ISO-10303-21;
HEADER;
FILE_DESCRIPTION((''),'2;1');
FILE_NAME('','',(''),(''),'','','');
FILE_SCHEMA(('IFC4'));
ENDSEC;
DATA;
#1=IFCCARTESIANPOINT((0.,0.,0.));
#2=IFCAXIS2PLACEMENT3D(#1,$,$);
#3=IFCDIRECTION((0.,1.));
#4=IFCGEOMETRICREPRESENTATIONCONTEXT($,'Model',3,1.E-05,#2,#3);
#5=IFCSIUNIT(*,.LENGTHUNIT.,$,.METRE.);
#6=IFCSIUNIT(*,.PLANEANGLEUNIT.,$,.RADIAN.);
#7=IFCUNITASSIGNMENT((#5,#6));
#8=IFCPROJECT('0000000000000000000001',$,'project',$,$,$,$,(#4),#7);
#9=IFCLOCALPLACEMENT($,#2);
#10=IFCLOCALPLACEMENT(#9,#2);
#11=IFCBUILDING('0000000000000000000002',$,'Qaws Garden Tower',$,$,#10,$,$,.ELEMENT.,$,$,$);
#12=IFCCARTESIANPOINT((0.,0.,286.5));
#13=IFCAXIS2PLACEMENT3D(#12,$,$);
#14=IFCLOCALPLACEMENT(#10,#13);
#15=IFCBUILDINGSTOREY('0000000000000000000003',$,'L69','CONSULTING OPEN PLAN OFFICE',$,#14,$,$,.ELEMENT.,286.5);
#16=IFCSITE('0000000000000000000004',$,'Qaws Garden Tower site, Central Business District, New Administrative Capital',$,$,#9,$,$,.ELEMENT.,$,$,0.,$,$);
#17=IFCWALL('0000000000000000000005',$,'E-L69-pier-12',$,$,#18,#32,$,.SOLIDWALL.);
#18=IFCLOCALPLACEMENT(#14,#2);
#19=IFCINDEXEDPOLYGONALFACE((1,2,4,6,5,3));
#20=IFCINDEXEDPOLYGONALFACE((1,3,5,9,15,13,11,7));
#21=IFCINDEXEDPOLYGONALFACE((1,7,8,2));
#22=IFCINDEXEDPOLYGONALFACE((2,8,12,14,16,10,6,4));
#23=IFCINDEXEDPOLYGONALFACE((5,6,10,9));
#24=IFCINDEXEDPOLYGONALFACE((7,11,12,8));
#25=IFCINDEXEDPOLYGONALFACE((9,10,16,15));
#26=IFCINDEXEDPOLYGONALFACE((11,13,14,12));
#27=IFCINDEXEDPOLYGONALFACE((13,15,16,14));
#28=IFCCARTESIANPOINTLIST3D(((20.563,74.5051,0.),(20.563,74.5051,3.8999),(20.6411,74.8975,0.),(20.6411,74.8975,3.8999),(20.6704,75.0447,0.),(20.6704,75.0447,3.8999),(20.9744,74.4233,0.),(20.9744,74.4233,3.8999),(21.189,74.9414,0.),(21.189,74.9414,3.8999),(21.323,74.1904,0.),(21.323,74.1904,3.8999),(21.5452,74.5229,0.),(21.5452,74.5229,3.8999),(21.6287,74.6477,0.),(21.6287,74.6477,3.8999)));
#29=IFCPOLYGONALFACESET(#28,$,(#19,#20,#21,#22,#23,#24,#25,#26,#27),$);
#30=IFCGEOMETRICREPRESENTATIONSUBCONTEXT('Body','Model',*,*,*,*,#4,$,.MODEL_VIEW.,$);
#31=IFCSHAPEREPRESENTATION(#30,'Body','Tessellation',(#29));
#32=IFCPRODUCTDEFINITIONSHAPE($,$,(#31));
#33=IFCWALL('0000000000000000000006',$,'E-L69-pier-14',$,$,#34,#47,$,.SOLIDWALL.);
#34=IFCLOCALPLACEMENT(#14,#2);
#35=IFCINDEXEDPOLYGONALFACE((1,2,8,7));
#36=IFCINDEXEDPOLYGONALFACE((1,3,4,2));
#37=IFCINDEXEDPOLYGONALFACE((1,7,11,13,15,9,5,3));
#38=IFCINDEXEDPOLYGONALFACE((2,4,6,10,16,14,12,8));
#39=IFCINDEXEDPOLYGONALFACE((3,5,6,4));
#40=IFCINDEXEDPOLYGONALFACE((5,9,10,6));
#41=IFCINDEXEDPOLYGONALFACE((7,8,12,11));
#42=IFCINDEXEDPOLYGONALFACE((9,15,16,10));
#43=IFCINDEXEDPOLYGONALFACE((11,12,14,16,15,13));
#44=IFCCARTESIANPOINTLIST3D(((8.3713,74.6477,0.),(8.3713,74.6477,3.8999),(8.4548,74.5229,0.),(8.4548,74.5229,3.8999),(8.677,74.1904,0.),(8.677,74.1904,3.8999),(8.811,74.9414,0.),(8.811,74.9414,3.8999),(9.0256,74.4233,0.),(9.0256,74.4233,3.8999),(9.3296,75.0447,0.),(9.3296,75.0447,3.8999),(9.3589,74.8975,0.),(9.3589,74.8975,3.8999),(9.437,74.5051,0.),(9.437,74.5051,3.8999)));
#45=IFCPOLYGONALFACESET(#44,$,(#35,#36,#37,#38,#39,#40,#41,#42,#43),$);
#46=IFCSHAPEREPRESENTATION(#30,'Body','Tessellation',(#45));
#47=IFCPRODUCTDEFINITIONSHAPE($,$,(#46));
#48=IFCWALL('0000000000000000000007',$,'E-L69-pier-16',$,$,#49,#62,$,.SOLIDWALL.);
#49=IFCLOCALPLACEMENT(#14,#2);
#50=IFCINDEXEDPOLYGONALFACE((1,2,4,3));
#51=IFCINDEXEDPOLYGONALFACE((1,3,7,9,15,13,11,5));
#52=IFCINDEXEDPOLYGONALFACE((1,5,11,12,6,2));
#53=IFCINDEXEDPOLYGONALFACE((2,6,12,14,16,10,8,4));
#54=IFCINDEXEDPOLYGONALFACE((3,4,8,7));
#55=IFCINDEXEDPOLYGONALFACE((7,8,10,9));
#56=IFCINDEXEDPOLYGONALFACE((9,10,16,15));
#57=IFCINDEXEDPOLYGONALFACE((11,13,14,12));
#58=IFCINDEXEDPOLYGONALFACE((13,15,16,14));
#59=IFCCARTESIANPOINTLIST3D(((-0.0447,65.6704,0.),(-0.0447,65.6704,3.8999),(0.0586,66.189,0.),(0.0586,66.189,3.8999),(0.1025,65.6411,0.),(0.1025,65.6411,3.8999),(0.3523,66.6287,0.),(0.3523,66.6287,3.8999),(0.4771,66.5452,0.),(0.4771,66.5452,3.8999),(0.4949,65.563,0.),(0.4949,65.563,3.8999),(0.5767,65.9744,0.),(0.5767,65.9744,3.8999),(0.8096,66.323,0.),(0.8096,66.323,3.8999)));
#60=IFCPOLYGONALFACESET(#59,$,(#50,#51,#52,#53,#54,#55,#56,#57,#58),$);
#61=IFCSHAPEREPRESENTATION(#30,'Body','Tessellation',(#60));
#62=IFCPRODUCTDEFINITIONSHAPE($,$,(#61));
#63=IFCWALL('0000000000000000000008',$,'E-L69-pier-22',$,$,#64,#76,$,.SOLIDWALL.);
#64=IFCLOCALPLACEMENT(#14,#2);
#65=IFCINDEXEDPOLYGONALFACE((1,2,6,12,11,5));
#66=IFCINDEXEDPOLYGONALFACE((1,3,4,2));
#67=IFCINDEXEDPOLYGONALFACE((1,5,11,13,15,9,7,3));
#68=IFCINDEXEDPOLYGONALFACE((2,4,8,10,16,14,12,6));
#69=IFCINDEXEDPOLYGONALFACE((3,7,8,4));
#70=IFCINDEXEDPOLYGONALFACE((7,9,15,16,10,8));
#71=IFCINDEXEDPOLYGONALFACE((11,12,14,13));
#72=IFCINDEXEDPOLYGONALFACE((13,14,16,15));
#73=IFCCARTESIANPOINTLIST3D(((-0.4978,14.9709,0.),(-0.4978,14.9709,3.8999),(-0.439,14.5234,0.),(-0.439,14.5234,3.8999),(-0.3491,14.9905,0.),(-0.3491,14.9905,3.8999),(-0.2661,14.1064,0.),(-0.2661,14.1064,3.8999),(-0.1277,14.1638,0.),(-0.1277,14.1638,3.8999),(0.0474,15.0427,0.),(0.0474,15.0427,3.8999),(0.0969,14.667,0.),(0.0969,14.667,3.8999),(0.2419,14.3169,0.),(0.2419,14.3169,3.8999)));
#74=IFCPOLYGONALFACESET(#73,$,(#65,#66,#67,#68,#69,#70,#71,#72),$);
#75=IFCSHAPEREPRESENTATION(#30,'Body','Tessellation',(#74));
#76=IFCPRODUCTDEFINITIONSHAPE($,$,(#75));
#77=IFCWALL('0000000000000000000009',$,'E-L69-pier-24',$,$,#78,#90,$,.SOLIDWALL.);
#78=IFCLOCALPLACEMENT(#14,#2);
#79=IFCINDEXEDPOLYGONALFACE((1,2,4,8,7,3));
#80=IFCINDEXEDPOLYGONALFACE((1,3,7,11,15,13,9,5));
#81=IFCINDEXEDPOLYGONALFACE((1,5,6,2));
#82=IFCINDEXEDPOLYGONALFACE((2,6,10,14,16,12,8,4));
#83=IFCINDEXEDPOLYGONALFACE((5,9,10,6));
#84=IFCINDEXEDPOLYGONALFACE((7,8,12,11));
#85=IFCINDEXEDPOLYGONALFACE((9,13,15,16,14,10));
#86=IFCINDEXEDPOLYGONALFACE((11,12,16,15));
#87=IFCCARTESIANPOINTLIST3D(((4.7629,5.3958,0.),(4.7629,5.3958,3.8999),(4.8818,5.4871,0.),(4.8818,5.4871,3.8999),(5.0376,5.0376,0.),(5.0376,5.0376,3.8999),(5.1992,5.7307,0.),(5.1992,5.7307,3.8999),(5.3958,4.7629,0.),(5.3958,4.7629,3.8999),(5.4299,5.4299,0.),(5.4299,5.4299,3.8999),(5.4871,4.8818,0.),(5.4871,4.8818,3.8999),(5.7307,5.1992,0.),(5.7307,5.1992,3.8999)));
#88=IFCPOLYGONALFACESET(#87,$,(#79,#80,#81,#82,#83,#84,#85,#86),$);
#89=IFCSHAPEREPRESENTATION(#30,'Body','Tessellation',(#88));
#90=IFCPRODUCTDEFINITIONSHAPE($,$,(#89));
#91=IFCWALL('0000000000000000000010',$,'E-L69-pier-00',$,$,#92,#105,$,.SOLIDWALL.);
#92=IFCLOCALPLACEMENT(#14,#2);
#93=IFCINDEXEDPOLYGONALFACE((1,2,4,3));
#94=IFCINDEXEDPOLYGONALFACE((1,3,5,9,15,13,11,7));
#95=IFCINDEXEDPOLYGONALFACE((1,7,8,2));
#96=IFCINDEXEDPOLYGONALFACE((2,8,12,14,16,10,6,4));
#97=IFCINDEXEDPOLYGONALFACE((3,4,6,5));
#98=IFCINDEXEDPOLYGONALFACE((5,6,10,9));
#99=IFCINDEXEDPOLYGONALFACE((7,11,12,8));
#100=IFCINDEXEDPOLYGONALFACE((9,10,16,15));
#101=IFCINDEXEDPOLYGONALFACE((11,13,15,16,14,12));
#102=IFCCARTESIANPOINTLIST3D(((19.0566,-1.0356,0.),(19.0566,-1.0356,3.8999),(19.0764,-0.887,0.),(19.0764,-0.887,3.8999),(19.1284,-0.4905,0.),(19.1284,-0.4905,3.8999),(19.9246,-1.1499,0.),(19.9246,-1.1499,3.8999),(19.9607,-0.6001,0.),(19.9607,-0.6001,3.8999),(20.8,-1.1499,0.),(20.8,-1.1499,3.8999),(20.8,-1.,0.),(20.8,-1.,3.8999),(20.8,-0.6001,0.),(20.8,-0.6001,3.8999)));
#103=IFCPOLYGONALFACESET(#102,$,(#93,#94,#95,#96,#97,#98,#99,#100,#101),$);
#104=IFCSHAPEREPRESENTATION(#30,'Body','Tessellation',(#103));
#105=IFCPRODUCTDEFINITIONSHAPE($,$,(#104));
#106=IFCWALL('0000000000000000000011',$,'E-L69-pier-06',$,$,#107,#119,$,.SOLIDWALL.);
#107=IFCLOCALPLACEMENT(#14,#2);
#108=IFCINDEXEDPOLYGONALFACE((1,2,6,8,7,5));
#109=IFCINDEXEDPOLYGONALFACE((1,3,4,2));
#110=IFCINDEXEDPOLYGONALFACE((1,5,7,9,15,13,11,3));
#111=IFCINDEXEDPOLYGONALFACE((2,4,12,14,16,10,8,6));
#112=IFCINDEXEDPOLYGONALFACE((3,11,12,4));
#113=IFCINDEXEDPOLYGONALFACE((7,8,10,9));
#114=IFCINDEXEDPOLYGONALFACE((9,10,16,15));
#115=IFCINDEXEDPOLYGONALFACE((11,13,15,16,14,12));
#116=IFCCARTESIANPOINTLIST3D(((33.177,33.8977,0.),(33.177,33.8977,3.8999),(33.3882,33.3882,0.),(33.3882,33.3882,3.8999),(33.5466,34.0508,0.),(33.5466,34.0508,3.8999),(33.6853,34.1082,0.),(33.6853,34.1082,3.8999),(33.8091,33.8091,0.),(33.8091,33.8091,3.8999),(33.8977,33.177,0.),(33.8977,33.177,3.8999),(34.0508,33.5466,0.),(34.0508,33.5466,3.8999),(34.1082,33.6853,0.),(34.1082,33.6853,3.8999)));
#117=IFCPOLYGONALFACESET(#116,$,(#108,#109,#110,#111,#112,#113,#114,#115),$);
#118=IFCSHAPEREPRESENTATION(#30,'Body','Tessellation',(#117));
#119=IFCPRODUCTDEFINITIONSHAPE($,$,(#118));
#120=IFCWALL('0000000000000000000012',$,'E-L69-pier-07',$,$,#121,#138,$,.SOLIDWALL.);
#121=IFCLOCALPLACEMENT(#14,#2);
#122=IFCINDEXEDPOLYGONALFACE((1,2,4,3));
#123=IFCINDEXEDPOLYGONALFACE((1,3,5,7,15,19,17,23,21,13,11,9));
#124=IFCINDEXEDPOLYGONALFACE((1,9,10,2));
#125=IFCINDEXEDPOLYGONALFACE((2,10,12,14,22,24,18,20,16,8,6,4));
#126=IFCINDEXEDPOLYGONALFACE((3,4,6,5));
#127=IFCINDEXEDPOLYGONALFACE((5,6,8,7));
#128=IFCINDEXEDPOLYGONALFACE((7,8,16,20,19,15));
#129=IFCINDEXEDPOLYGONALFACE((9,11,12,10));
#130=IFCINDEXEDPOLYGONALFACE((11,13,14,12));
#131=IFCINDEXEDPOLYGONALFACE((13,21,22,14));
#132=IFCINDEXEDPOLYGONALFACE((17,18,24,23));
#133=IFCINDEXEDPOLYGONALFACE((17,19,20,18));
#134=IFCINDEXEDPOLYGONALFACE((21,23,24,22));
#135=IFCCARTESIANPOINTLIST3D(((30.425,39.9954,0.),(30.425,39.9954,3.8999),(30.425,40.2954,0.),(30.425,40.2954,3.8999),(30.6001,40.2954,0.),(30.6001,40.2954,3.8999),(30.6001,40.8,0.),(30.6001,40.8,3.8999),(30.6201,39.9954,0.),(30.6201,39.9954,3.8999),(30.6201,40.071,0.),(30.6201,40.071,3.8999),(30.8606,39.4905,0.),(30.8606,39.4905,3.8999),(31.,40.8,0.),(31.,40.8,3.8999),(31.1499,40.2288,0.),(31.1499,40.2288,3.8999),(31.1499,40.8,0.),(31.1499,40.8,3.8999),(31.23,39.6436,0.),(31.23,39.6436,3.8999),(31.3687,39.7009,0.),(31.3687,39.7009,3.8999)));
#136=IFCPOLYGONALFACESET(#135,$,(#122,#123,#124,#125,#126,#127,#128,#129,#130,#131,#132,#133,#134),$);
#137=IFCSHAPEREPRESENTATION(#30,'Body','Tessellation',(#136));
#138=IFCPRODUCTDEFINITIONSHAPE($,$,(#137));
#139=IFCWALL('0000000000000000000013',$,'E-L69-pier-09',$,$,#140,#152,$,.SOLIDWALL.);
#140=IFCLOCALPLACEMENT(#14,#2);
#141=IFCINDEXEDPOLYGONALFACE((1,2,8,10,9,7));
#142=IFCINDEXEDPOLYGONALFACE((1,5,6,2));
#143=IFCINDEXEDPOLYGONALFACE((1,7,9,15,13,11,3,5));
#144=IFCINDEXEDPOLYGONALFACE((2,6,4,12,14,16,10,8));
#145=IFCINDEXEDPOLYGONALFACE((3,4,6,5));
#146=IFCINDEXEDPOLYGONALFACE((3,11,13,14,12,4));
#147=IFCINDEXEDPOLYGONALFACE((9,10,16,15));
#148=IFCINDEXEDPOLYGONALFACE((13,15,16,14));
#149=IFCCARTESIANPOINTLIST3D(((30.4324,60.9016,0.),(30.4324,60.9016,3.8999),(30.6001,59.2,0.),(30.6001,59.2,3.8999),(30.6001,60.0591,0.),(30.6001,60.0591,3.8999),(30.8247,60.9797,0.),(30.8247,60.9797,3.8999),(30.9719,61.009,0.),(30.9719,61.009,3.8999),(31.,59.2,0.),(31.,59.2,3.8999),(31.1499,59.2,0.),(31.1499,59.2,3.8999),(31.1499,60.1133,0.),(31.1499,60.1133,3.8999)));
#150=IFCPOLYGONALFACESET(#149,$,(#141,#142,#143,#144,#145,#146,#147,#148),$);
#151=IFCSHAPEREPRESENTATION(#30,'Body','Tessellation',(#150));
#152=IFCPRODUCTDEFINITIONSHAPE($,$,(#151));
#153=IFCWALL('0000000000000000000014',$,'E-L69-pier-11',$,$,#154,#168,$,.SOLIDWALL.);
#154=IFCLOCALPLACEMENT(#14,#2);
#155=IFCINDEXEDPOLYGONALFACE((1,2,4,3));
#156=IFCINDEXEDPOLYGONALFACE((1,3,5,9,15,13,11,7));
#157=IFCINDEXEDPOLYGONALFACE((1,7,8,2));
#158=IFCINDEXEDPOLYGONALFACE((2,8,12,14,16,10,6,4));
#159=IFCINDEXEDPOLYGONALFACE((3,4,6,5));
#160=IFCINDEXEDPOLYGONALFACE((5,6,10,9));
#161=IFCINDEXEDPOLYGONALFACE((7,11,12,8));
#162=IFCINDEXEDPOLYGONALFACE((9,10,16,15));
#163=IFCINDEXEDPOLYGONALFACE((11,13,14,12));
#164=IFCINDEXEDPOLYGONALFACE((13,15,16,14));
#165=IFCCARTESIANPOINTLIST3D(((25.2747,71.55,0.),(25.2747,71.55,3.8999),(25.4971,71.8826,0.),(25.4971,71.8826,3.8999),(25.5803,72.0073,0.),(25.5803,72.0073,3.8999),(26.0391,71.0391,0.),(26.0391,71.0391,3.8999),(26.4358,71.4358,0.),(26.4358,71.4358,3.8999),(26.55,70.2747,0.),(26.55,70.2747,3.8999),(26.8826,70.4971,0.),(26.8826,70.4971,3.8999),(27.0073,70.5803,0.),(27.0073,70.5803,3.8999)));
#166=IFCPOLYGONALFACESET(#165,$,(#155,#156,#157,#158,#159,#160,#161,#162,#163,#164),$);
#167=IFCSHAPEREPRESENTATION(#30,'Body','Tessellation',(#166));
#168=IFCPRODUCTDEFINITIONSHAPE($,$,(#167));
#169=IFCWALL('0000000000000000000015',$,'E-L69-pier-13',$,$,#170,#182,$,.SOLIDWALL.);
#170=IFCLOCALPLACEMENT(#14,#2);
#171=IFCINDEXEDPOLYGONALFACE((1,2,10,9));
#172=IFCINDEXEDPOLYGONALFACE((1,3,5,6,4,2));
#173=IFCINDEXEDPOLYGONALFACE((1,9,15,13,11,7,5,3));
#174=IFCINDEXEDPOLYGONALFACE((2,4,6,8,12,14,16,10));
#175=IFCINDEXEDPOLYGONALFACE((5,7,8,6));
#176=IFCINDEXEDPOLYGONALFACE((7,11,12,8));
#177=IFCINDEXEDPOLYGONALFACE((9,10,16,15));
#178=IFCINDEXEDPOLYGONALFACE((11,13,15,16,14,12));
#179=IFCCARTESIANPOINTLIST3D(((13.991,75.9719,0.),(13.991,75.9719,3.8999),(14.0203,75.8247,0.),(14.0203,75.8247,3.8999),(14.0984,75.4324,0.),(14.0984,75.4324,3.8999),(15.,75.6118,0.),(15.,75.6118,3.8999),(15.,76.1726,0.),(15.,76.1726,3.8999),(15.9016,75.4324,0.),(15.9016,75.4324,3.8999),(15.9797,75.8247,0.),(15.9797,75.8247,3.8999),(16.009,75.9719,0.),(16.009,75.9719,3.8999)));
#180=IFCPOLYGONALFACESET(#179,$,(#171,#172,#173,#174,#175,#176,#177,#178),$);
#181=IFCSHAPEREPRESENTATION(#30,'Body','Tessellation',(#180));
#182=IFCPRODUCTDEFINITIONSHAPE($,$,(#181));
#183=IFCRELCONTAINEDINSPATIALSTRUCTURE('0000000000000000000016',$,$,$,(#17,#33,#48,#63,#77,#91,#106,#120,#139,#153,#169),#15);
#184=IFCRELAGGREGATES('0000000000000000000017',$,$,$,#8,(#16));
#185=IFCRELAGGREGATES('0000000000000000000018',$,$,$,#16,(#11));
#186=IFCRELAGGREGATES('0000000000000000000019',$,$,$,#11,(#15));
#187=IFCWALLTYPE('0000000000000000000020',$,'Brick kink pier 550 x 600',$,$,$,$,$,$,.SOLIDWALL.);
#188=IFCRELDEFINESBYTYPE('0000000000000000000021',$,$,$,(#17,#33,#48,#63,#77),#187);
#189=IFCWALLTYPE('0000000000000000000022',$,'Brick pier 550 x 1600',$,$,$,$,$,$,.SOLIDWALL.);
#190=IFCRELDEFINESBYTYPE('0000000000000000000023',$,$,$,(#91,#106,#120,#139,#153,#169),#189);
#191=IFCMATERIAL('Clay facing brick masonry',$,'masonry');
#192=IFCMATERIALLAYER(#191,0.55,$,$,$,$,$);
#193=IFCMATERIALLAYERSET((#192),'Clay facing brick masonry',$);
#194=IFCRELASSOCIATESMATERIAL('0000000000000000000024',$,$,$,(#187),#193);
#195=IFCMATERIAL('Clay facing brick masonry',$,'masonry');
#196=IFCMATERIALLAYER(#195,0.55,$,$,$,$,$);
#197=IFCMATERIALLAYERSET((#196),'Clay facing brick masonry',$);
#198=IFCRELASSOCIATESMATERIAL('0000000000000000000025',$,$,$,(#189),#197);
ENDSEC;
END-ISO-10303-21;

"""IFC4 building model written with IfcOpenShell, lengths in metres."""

from ifc_helpers import new_model, si_unit, direction, frame, origin, place, context, subcontext, project, spatial, polyline, outline, extrude, material, layer, layer_set, type_object, element, save


model = new_model("IFC4")

# Units and contexts
model_context = context("Model", 3, precision=1e-05, world=origin(), true_north=direction((0.0, 1.0)))
body_context = subcontext(model_context, "Body", "Model", "MODEL_VIEW")
ifc_project = project(units=[si_unit("LENGTHUNIT", "METRE"), si_unit("PLANEANGLEUNIT", "RADIAN")], contexts=[model_context])

# Site, building, storey
site_placement = place(None, origin())
site = spatial("IfcSite", under=ifc_project, at=site_placement, Name="Qaws Garden Tower site, Central Business District, New Administrative Capital", CompositionType="ELEMENT", RefElevation=0.0)
building_placement = place(site_placement, origin())
building = spatial("IfcBuilding", under=site, at=building_placement, Name="Qaws Garden Tower", CompositionType="ELEMENT")
storey_placement = place(building_placement, frame((0.0, 0.0, 286.5)))
storey = spatial("IfcBuildingStorey", under=building, at=storey_placement, Name="L69", Description="CONSULTING OPEN PLAN OFFICE", CompositionType="ELEMENT", Elevation=286.5)

# Walls
placement = place(storey_placement, origin())
ifc_material_1 = material(Name="Clay facing brick masonry", Category="masonry")
ifc_layer_1 = layer(ifc_material_1, 0.55)
ifc_layer_set_1 = layer_set([ifc_layer_1], Name="Clay facing brick masonry")
wall_type_1 = type_object("IfcWallType", Name="Brick kink pier 550 x 600", PredefinedType="SOLIDWALL", material=ifc_layer_set_1)
element("IfcWall", 1, at=placement, inside=storey, type_object=wall_type_1, Name="E-L69-pier-12", PredefinedType="SOLIDWALL", context=body_context, shape_type="SweptSolid", body=[
    extrude(outline(polyline([(21.5452, 74.5229), (21.6287, 74.6477), (21.189, 74.9414), (20.6704, 75.0447), (20.6411, 74.8975), (20.563, 74.5051), (20.9744, 74.4233), (21.323, 74.1904), (21.5452, 74.5229)])), origin(), (0.0, 0.0, 1.0), 3.8999),
])
element("IfcWall", 2, at=placement, inside=storey, type_object=wall_type_1, Name="E-L69-pier-14", PredefinedType="SOLIDWALL", context=body_context, shape_type="SweptSolid", body=[
    extrude(outline(polyline([(9.3589, 74.8975), (9.3296, 75.0447), (8.811, 74.9414), (8.3713, 74.6477), (8.4548, 74.5229), (8.677, 74.1904), (9.0256, 74.4233), (9.437, 74.5051), (9.3589, 74.8975)])), origin(), (0.0, 0.0, 1.0), 3.8999),
])
element("IfcWall", 3, at=placement, inside=storey, type_object=wall_type_1, Name="E-L69-pier-16", PredefinedType="SOLIDWALL", context=body_context, shape_type="SweptSolid", body=[
    extrude(outline(polyline([(0.4771, 66.5452), (0.3523, 66.6287), (0.0586, 66.189), (-0.0447, 65.6704), (0.1025, 65.6411), (0.4949, 65.563), (0.5767, 65.9744), (0.8096, 66.323), (0.4771, 66.5452)])), origin(), (0.0, 0.0, 1.0), 3.8999),
])
element("IfcWall", 4, at=placement, inside=storey, type_object=wall_type_1, Name="E-L69-pier-22", PredefinedType="SOLIDWALL", context=body_context, shape_type="SweptSolid", body=[
    extrude(outline(polyline([(-0.3491, 14.9905), (-0.4978, 14.9709), (-0.439, 14.5234), (-0.2661, 14.1064), (-0.1277, 14.1638), (0.2419, 14.3169), (0.0969, 14.667), (0.0474, 15.0427), (-0.3491, 14.9905)])), origin(), (0.0, 0.0, 1.0), 3.8999),
])
element("IfcWall", 5, at=placement, inside=storey, type_object=wall_type_1, Name="E-L69-pier-24", PredefinedType="SOLIDWALL", context=body_context, shape_type="SweptSolid", body=[
    extrude(outline(polyline([(4.8818, 5.4871), (4.7629, 5.3958), (5.0376, 5.0376), (5.3958, 4.7629), (5.4871, 4.8818), (5.7307, 5.1992), (5.4299, 5.4299), (5.1992, 5.7307), (4.8818, 5.4871)])), origin(), (0.0, 0.0, 1.0), 3.8999),
])
ifc_material_2 = material(Name="Clay facing brick masonry", Category="masonry")
ifc_layer_2 = layer(ifc_material_2, 0.55)
ifc_layer_set_2 = layer_set([ifc_layer_2], Name="Clay facing brick masonry")
wall_type_2 = type_object("IfcWallType", Name="Brick pier 550 x 1600", PredefinedType="SOLIDWALL", material=ifc_layer_set_2)
element("IfcWall", 6, at=placement, inside=storey, type_object=wall_type_2, Name="E-L69-pier-00", PredefinedType="SOLIDWALL", context=body_context, shape_type="SweptSolid", body=[
    extrude(outline(polyline([(19.0764, -0.887), (19.0566, -1.0356), (19.9246, -1.1499), (20.8, -1.1499), (20.8, -1.0), (20.8, -0.6001), (19.9607, -0.6001), (19.1284, -0.4905), (19.0764, -0.887)])), origin(), (0.0, 0.0, 1.0), 3.8999),
])
element("IfcWall", 7, at=placement, inside=storey, type_object=wall_type_2, Name="E-L69-pier-06", PredefinedType="SOLIDWALL", context=body_context, shape_type="SweptSolid", body=[
    extrude(outline(polyline([(34.0508, 33.5466), (34.1082, 33.6853), (33.8091, 33.8091), (33.6853, 34.1082), (33.5466, 34.0508), (33.177, 33.8977), (33.3882, 33.3882), (33.8977, 33.177), (34.0508, 33.5466)])), origin(), (0.0, 0.0, 1.0), 3.8999),
])
element("IfcWall", 8, at=placement, inside=storey, type_object=wall_type_2, Name="E-L69-pier-07", PredefinedType="SOLIDWALL", context=body_context, shape_type="SweptSolid", body=[
    extrude(outline(polyline([(30.6201, 39.9954), (30.6201, 40.071), (30.8606, 39.4905), (31.23, 39.6436), (31.3687, 39.7009), (31.1499, 40.2288), (31.1499, 40.8), (31.0, 40.8), (30.6001, 40.8), (30.6001, 40.2954), (30.425, 40.2954), (30.425, 39.9954), (30.6201, 39.9954)])), origin(), (0.0, 0.0, 1.0), 3.8999),
])
element("IfcWall", 9, at=placement, inside=storey, type_object=wall_type_2, Name="E-L69-pier-09", PredefinedType="SOLIDWALL", context=body_context, shape_type="SweptSolid", body=[
    extrude(outline(polyline([(31.0, 59.2), (31.1499, 59.2), (31.1499, 60.1133), (30.9719, 61.009), (30.8247, 60.9797), (30.4324, 60.9016), (30.6001, 60.0591), (30.6001, 59.2), (31.0, 59.2)])), origin(), (0.0, 0.0, 1.0), 3.8999),
])
element("IfcWall", 10, at=placement, inside=storey, type_object=wall_type_2, Name="E-L69-pier-11", PredefinedType="SOLIDWALL", context=body_context, shape_type="SweptSolid", body=[
    extrude(outline(polyline([(26.8826, 70.4971), (27.0073, 70.5803), (26.4358, 71.4358), (25.5803, 72.0073), (25.4971, 71.8826), (25.2747, 71.55), (26.0391, 71.0391), (26.55, 70.2747), (26.8826, 70.4971)])), origin(), (0.0, 0.0, 1.0), 3.8999),
])
element("IfcWall", 11, at=placement, inside=storey, type_object=wall_type_2, Name="E-L69-pier-13", PredefinedType="SOLIDWALL", context=body_context, shape_type="SweptSolid", body=[
    extrude(outline(polyline([(15.9797, 75.8247), (16.009, 75.9719), (15.0, 76.1726), (13.991, 75.9719), (14.0203, 75.8247), (14.0984, 75.4324), (15.0, 75.6118), (15.9016, 75.4324), (15.9797, 75.8247)])), origin(), (0.0, 0.0, 1.0), 3.8999),
])

save(model, "model.ifc")
